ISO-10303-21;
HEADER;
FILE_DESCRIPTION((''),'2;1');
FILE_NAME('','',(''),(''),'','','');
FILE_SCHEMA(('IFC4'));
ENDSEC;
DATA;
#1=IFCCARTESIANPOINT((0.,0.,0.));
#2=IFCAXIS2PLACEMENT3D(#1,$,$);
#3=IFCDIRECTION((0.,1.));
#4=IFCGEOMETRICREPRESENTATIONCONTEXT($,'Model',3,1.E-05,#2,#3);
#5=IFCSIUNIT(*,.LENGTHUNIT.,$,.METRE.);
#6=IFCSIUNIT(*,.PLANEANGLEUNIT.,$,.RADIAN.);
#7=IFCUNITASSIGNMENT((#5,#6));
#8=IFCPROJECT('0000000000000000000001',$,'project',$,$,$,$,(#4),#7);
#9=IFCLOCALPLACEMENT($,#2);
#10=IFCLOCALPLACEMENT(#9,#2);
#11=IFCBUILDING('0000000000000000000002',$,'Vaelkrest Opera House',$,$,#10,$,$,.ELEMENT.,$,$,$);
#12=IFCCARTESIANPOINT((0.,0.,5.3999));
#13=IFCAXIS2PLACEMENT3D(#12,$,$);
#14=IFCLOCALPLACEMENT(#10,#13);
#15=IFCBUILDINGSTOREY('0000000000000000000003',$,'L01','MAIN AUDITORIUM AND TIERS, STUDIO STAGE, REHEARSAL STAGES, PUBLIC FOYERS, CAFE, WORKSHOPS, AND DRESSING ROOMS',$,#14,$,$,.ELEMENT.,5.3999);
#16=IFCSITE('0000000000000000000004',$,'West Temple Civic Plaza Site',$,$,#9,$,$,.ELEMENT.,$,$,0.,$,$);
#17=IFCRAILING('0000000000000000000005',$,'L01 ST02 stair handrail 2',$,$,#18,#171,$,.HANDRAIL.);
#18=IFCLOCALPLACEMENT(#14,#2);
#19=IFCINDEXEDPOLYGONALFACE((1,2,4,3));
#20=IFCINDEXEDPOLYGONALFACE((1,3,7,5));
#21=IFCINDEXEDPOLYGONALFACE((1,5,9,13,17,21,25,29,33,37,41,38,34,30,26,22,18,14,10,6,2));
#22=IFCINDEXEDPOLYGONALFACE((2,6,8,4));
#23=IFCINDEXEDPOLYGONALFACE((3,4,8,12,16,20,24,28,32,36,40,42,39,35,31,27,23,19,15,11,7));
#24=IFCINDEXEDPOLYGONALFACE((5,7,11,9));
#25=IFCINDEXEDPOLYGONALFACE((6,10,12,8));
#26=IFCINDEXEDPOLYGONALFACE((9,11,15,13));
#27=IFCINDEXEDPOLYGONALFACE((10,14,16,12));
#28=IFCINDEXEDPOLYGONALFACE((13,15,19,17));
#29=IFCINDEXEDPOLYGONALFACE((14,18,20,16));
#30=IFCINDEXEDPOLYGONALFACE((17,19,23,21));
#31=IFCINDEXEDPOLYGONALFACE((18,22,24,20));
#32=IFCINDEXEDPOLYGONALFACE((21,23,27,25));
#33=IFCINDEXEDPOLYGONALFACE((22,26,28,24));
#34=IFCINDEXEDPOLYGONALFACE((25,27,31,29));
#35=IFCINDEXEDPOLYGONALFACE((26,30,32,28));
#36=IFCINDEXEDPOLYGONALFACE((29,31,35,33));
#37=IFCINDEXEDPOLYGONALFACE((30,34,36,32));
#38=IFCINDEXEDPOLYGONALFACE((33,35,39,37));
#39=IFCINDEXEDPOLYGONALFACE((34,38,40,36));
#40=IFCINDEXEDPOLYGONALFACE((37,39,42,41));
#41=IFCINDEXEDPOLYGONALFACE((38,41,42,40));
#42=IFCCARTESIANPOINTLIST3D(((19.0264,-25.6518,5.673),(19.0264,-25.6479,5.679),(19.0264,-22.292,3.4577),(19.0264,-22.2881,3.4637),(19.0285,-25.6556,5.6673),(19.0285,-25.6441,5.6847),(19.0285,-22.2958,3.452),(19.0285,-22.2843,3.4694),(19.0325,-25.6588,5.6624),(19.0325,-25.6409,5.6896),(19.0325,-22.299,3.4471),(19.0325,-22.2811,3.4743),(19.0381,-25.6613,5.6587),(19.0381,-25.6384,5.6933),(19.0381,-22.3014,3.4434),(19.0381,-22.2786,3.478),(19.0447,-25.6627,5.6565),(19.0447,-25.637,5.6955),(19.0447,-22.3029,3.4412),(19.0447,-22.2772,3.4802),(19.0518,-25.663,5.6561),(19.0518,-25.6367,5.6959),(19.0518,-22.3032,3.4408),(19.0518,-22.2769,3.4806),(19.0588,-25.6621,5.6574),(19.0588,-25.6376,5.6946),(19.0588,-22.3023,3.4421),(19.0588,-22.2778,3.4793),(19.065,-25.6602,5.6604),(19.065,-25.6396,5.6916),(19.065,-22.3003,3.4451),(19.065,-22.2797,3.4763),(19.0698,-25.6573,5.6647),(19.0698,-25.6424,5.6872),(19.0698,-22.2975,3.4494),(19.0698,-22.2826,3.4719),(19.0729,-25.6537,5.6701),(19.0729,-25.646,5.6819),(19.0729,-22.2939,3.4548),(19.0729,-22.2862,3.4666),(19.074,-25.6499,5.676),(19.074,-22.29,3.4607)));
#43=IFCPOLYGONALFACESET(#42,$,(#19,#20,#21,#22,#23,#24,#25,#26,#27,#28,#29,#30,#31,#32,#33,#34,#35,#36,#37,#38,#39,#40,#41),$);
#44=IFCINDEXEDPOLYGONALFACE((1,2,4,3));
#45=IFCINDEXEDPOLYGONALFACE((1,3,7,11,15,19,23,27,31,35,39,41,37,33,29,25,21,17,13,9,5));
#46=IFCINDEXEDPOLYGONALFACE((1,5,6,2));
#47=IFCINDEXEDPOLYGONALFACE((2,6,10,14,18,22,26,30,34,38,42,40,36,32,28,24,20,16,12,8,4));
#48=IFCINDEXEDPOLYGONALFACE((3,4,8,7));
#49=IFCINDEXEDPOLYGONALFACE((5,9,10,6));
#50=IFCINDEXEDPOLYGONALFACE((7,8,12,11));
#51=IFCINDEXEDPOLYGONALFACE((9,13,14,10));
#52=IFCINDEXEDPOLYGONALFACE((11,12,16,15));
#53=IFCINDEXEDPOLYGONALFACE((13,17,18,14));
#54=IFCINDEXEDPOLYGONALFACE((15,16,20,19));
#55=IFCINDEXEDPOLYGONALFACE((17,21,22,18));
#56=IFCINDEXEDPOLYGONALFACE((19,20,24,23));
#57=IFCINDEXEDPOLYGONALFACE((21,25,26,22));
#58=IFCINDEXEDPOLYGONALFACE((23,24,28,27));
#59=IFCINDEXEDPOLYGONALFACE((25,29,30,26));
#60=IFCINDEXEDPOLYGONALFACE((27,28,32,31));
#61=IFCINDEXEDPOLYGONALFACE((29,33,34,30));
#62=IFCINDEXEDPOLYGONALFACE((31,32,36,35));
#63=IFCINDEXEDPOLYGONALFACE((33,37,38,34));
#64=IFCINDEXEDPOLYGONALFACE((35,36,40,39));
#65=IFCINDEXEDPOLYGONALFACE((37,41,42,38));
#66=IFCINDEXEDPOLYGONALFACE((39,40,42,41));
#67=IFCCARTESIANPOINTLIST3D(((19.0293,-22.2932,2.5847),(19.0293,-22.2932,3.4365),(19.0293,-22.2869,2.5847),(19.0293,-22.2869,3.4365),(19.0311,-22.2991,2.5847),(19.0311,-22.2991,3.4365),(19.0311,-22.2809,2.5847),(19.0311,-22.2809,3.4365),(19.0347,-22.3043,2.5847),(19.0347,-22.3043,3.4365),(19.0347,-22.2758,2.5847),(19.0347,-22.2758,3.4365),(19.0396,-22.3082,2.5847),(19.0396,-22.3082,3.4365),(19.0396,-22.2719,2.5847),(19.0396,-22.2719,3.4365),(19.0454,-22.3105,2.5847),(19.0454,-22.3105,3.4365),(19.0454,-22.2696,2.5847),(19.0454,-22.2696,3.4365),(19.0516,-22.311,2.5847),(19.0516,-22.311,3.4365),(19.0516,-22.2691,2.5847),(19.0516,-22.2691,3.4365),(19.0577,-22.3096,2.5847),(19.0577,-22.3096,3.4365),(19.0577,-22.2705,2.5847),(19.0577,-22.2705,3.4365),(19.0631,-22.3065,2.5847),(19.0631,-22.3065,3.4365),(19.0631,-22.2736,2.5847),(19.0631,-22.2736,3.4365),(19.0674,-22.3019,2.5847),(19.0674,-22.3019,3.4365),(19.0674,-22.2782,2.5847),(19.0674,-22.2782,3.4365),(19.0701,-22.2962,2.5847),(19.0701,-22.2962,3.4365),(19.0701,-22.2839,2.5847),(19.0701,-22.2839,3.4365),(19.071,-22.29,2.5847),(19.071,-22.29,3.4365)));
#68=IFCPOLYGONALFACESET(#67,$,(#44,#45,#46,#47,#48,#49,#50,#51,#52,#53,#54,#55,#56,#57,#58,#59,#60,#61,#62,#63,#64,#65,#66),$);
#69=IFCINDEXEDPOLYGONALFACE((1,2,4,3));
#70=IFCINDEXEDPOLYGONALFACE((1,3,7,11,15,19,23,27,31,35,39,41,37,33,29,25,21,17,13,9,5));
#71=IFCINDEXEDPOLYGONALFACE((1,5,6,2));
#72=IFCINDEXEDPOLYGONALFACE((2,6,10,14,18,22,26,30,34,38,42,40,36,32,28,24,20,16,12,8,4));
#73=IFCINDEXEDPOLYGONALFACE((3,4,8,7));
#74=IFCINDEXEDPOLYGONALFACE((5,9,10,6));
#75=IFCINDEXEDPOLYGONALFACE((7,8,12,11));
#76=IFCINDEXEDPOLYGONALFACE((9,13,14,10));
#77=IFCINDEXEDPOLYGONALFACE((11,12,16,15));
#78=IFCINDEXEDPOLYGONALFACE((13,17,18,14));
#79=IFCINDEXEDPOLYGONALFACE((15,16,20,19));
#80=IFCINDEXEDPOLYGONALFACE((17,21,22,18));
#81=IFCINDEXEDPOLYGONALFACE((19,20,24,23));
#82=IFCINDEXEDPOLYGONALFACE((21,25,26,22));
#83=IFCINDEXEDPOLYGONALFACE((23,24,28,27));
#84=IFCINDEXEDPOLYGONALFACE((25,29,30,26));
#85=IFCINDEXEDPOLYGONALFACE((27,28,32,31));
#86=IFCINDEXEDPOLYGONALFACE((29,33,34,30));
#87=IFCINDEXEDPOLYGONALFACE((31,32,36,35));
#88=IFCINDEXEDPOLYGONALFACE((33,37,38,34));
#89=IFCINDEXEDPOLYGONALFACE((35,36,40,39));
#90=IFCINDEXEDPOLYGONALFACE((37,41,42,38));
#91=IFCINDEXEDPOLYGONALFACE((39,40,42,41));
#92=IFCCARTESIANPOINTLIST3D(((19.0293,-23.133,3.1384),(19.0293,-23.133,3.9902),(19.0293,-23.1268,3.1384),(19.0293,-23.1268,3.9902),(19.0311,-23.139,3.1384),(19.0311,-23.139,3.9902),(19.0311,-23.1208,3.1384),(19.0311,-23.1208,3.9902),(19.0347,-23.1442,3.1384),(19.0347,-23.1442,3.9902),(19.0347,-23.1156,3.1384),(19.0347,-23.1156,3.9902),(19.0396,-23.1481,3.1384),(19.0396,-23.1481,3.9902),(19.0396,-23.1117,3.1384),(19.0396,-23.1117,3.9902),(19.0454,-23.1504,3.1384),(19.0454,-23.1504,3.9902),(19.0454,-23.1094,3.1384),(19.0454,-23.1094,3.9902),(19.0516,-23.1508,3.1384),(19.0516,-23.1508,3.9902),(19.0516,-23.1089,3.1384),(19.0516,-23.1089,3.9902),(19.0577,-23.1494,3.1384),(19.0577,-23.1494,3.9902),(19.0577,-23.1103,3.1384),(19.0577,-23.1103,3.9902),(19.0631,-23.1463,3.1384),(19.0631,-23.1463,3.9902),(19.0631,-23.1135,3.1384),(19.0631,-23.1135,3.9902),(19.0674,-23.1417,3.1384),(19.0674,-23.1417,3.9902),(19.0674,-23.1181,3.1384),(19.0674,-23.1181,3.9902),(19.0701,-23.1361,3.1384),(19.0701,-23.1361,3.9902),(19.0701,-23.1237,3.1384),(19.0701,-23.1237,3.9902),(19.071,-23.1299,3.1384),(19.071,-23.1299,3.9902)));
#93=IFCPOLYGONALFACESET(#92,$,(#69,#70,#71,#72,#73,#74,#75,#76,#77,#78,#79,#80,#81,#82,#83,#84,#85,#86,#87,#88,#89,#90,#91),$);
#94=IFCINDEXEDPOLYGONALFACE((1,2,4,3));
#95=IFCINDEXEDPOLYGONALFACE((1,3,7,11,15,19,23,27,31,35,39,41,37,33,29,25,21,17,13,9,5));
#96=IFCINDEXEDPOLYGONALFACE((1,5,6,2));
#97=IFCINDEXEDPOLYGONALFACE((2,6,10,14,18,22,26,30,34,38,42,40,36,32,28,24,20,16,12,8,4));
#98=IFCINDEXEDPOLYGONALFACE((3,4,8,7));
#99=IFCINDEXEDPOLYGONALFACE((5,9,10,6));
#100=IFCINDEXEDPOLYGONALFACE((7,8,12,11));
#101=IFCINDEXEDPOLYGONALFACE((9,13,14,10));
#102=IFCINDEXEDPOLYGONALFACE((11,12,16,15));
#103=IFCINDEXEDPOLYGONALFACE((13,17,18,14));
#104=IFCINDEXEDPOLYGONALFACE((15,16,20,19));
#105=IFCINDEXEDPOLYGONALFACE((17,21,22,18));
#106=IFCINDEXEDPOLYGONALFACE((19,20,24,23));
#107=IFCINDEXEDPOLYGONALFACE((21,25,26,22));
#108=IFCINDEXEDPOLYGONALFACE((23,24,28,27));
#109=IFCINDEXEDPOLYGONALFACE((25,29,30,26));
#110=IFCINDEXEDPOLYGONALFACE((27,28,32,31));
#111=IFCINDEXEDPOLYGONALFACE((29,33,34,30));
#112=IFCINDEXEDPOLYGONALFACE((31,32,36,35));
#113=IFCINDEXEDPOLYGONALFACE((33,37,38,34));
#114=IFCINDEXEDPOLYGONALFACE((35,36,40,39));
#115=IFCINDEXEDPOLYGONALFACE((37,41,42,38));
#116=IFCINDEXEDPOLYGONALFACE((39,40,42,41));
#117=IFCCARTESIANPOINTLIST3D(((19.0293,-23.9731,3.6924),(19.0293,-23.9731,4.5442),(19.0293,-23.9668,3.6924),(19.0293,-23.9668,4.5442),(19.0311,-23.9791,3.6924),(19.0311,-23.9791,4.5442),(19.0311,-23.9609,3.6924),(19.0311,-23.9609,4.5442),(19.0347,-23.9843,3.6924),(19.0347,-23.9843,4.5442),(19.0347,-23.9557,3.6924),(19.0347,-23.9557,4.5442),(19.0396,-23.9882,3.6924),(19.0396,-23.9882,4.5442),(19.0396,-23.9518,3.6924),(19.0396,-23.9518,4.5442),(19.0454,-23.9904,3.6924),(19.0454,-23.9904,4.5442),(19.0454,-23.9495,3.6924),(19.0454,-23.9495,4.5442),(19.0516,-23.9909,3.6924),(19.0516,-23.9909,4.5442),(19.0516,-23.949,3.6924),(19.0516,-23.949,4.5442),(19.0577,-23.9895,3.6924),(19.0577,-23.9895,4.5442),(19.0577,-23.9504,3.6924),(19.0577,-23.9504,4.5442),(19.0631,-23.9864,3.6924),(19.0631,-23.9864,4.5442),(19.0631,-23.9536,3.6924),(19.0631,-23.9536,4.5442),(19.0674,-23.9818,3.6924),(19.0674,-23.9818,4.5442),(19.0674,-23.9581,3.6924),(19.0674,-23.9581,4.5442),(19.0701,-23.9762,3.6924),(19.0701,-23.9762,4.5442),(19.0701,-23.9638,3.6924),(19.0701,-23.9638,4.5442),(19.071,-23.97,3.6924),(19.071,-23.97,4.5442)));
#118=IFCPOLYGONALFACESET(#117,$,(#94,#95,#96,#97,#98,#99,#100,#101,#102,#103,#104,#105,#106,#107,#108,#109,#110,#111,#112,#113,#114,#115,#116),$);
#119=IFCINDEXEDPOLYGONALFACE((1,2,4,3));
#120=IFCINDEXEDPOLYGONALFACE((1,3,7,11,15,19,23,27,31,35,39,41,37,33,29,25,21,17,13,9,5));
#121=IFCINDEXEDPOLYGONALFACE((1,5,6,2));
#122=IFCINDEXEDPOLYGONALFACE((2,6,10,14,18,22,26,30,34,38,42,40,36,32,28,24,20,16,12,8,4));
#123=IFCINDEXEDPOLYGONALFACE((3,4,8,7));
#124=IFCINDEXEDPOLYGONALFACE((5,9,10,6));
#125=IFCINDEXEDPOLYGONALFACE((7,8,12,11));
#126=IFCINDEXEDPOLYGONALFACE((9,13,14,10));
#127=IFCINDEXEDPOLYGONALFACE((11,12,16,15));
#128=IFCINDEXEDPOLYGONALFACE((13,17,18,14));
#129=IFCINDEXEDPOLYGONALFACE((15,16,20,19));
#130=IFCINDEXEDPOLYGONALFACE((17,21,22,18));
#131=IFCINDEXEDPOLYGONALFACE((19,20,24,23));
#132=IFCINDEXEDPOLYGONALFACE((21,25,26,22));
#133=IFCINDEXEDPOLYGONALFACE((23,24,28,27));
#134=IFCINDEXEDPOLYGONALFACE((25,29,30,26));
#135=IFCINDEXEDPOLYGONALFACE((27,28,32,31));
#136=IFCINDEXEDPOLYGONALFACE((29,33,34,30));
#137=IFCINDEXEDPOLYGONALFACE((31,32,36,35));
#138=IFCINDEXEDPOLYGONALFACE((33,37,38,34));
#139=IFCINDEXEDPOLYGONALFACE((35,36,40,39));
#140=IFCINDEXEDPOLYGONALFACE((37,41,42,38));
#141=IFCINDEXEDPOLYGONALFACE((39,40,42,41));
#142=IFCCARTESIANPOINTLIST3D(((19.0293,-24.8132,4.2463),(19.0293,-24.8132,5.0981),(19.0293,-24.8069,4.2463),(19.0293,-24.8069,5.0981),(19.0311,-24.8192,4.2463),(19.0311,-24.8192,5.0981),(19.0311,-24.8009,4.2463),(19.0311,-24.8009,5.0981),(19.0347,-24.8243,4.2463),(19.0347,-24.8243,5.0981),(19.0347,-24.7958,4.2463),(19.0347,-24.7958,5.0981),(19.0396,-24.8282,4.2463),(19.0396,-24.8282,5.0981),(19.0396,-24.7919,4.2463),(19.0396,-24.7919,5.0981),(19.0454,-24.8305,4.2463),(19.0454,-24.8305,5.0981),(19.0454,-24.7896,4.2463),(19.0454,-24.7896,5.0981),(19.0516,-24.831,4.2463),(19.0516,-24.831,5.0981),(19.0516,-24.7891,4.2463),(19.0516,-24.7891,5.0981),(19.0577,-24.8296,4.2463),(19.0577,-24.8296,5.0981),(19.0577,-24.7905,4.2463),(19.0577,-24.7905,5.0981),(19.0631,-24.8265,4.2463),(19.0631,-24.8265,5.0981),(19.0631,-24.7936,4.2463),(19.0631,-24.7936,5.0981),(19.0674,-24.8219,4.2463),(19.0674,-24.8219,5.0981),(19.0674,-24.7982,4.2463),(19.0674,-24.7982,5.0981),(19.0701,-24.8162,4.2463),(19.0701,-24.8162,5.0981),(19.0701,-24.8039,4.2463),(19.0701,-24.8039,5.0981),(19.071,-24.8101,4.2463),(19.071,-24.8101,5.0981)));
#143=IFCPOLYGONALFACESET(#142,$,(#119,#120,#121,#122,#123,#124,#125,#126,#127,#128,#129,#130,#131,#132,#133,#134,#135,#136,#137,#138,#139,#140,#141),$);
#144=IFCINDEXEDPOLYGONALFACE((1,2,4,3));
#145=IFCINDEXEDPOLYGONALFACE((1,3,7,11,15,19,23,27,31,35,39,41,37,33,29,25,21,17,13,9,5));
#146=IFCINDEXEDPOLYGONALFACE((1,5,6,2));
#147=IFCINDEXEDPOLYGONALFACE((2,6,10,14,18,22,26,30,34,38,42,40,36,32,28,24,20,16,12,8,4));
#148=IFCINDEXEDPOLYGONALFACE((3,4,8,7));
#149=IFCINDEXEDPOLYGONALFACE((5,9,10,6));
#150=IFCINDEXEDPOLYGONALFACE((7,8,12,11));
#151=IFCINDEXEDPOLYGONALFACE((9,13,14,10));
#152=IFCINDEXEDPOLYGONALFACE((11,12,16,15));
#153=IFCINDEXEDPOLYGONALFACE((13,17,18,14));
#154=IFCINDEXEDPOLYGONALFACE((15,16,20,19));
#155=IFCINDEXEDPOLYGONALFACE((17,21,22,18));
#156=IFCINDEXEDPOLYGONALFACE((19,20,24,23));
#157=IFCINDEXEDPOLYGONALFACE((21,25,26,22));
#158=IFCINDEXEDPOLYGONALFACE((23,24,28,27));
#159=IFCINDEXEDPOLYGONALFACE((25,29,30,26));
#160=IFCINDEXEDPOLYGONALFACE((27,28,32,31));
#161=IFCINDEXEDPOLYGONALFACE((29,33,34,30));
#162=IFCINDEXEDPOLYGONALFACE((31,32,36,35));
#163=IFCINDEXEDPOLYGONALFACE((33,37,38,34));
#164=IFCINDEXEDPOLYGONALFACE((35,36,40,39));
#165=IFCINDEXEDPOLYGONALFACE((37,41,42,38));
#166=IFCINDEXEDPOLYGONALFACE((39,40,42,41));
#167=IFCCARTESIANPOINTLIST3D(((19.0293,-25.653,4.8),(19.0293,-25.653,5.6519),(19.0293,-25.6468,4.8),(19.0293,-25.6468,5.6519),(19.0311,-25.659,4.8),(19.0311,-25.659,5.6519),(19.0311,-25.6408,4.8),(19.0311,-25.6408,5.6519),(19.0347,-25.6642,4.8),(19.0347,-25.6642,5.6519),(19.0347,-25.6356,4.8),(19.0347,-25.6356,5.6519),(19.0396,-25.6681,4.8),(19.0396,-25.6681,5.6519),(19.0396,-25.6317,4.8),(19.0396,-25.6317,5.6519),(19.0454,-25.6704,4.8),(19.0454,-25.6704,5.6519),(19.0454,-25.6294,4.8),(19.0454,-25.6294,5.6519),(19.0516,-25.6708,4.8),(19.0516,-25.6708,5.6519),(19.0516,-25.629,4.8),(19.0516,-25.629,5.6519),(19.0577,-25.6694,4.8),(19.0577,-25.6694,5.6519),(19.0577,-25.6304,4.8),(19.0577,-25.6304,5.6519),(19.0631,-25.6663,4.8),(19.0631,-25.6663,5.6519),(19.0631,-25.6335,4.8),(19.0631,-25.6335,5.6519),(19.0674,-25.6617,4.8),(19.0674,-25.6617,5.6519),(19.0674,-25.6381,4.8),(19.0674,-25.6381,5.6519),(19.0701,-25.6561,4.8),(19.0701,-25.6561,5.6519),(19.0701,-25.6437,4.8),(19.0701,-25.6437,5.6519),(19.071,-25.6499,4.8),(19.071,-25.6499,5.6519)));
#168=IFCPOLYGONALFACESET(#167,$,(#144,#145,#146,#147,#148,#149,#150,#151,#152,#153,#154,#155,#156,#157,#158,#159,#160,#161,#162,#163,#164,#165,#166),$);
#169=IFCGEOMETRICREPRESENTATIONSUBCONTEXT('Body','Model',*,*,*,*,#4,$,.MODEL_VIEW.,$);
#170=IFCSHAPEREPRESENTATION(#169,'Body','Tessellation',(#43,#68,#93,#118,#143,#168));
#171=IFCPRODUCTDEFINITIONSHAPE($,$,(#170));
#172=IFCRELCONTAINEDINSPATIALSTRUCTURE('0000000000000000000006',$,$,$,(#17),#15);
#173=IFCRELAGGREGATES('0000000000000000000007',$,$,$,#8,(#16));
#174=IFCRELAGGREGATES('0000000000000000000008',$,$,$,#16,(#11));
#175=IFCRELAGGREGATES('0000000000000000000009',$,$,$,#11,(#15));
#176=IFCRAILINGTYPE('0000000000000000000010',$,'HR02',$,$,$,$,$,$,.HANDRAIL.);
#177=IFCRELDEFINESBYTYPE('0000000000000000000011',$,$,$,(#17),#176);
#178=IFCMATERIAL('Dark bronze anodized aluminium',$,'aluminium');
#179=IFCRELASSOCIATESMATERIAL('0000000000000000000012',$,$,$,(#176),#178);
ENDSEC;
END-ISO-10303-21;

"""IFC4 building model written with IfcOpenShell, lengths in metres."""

from ifc_helpers import new_model, si_unit, direction, frame, origin, origin_2d, place, context, subcontext, project, spatial, circle, extrude, material, type_object, element, save


model = new_model("IFC4")

# Units and contexts
model_context = context("Model", 3, precision=1e-05, world=origin(), true_north=direction((0.0, 1.0)))
body_context = subcontext(model_context, "Body", "Model", "MODEL_VIEW")
ifc_project = project(units=[si_unit("LENGTHUNIT", "METRE"), si_unit("PLANEANGLEUNIT", "RADIAN")], contexts=[model_context])

# Site, building, storey
site_placement = place(None, origin())
site = spatial("IfcSite", under=ifc_project, at=site_placement, Name="West Temple Civic Plaza Site", CompositionType="ELEMENT", RefElevation=0.0)
building_placement = place(site_placement, origin())
building = spatial("IfcBuilding", under=site, at=building_placement, Name="Vaelkrest Opera House", CompositionType="ELEMENT")
storey_placement = place(building_placement, frame((0.0, 0.0, 5.3999)))
storey = spatial("IfcBuildingStorey", under=building, at=storey_placement, Name="L01", Description="MAIN AUDITORIUM AND TIERS, STUDIO STAGE, REHEARSAL STAGES, PUBLIC FOYERS, CAFE, WORKSHOPS, AND DRESSING ROOMS", CompositionType="ELEMENT", Elevation=5.3999)

# Railing
ifc_material_1 = material(Name="Dark bronze anodized aluminium", Category="aluminium")
railing_type_1 = type_object("IfcRailingType", Name="HR02", PredefinedType="HANDRAIL", material=ifc_material_1)
railing_1_placement = place(storey_placement, frame((19.05, -22.29, 2.5847)))
element("IfcRailing", 1, at=railing_1_placement, inside=storey, type_object=railing_type_1, Name="L01 ST02 stair handrail 2", PredefinedType="HANDRAIL", context=body_context, shape_type="SweptSolid", body=[
    extrude(circle(Radius=0.0239, at=origin_2d()), frame((0.0, 0.0, 0.876), z_axis=(0.0, -0.834858, 0.550465), x_axis=(1.0, 0.0, 0.0)), (0.0, 0.0, 1.0), 4.0244),
    extrude(circle(Radius=0.021, at=origin_2d()), origin(), (0.0, 0.0, 1.0), 0.8518),
    extrude(circle(Radius=0.021, at=origin_2d()), frame((0.0, -0.8398, 0.5537)), (0.0, 0.0, 1.0), 0.8518),
    extrude(circle(Radius=0.021, at=origin_2d()), frame((0.0, -1.6799, 1.1077)), (0.0, 0.0, 1.0), 0.8518),
    extrude(circle(Radius=0.021, at=origin_2d()), frame((0.0, -2.52, 1.6616)), (0.0, 0.0, 1.0), 0.8518),
    extrude(circle(Radius=0.021, at=origin_2d()), frame((0.0, -3.3599, 2.2153)), (0.0, 0.0, 1.0), 0.8518),
])

save(model, "model.ifc")
